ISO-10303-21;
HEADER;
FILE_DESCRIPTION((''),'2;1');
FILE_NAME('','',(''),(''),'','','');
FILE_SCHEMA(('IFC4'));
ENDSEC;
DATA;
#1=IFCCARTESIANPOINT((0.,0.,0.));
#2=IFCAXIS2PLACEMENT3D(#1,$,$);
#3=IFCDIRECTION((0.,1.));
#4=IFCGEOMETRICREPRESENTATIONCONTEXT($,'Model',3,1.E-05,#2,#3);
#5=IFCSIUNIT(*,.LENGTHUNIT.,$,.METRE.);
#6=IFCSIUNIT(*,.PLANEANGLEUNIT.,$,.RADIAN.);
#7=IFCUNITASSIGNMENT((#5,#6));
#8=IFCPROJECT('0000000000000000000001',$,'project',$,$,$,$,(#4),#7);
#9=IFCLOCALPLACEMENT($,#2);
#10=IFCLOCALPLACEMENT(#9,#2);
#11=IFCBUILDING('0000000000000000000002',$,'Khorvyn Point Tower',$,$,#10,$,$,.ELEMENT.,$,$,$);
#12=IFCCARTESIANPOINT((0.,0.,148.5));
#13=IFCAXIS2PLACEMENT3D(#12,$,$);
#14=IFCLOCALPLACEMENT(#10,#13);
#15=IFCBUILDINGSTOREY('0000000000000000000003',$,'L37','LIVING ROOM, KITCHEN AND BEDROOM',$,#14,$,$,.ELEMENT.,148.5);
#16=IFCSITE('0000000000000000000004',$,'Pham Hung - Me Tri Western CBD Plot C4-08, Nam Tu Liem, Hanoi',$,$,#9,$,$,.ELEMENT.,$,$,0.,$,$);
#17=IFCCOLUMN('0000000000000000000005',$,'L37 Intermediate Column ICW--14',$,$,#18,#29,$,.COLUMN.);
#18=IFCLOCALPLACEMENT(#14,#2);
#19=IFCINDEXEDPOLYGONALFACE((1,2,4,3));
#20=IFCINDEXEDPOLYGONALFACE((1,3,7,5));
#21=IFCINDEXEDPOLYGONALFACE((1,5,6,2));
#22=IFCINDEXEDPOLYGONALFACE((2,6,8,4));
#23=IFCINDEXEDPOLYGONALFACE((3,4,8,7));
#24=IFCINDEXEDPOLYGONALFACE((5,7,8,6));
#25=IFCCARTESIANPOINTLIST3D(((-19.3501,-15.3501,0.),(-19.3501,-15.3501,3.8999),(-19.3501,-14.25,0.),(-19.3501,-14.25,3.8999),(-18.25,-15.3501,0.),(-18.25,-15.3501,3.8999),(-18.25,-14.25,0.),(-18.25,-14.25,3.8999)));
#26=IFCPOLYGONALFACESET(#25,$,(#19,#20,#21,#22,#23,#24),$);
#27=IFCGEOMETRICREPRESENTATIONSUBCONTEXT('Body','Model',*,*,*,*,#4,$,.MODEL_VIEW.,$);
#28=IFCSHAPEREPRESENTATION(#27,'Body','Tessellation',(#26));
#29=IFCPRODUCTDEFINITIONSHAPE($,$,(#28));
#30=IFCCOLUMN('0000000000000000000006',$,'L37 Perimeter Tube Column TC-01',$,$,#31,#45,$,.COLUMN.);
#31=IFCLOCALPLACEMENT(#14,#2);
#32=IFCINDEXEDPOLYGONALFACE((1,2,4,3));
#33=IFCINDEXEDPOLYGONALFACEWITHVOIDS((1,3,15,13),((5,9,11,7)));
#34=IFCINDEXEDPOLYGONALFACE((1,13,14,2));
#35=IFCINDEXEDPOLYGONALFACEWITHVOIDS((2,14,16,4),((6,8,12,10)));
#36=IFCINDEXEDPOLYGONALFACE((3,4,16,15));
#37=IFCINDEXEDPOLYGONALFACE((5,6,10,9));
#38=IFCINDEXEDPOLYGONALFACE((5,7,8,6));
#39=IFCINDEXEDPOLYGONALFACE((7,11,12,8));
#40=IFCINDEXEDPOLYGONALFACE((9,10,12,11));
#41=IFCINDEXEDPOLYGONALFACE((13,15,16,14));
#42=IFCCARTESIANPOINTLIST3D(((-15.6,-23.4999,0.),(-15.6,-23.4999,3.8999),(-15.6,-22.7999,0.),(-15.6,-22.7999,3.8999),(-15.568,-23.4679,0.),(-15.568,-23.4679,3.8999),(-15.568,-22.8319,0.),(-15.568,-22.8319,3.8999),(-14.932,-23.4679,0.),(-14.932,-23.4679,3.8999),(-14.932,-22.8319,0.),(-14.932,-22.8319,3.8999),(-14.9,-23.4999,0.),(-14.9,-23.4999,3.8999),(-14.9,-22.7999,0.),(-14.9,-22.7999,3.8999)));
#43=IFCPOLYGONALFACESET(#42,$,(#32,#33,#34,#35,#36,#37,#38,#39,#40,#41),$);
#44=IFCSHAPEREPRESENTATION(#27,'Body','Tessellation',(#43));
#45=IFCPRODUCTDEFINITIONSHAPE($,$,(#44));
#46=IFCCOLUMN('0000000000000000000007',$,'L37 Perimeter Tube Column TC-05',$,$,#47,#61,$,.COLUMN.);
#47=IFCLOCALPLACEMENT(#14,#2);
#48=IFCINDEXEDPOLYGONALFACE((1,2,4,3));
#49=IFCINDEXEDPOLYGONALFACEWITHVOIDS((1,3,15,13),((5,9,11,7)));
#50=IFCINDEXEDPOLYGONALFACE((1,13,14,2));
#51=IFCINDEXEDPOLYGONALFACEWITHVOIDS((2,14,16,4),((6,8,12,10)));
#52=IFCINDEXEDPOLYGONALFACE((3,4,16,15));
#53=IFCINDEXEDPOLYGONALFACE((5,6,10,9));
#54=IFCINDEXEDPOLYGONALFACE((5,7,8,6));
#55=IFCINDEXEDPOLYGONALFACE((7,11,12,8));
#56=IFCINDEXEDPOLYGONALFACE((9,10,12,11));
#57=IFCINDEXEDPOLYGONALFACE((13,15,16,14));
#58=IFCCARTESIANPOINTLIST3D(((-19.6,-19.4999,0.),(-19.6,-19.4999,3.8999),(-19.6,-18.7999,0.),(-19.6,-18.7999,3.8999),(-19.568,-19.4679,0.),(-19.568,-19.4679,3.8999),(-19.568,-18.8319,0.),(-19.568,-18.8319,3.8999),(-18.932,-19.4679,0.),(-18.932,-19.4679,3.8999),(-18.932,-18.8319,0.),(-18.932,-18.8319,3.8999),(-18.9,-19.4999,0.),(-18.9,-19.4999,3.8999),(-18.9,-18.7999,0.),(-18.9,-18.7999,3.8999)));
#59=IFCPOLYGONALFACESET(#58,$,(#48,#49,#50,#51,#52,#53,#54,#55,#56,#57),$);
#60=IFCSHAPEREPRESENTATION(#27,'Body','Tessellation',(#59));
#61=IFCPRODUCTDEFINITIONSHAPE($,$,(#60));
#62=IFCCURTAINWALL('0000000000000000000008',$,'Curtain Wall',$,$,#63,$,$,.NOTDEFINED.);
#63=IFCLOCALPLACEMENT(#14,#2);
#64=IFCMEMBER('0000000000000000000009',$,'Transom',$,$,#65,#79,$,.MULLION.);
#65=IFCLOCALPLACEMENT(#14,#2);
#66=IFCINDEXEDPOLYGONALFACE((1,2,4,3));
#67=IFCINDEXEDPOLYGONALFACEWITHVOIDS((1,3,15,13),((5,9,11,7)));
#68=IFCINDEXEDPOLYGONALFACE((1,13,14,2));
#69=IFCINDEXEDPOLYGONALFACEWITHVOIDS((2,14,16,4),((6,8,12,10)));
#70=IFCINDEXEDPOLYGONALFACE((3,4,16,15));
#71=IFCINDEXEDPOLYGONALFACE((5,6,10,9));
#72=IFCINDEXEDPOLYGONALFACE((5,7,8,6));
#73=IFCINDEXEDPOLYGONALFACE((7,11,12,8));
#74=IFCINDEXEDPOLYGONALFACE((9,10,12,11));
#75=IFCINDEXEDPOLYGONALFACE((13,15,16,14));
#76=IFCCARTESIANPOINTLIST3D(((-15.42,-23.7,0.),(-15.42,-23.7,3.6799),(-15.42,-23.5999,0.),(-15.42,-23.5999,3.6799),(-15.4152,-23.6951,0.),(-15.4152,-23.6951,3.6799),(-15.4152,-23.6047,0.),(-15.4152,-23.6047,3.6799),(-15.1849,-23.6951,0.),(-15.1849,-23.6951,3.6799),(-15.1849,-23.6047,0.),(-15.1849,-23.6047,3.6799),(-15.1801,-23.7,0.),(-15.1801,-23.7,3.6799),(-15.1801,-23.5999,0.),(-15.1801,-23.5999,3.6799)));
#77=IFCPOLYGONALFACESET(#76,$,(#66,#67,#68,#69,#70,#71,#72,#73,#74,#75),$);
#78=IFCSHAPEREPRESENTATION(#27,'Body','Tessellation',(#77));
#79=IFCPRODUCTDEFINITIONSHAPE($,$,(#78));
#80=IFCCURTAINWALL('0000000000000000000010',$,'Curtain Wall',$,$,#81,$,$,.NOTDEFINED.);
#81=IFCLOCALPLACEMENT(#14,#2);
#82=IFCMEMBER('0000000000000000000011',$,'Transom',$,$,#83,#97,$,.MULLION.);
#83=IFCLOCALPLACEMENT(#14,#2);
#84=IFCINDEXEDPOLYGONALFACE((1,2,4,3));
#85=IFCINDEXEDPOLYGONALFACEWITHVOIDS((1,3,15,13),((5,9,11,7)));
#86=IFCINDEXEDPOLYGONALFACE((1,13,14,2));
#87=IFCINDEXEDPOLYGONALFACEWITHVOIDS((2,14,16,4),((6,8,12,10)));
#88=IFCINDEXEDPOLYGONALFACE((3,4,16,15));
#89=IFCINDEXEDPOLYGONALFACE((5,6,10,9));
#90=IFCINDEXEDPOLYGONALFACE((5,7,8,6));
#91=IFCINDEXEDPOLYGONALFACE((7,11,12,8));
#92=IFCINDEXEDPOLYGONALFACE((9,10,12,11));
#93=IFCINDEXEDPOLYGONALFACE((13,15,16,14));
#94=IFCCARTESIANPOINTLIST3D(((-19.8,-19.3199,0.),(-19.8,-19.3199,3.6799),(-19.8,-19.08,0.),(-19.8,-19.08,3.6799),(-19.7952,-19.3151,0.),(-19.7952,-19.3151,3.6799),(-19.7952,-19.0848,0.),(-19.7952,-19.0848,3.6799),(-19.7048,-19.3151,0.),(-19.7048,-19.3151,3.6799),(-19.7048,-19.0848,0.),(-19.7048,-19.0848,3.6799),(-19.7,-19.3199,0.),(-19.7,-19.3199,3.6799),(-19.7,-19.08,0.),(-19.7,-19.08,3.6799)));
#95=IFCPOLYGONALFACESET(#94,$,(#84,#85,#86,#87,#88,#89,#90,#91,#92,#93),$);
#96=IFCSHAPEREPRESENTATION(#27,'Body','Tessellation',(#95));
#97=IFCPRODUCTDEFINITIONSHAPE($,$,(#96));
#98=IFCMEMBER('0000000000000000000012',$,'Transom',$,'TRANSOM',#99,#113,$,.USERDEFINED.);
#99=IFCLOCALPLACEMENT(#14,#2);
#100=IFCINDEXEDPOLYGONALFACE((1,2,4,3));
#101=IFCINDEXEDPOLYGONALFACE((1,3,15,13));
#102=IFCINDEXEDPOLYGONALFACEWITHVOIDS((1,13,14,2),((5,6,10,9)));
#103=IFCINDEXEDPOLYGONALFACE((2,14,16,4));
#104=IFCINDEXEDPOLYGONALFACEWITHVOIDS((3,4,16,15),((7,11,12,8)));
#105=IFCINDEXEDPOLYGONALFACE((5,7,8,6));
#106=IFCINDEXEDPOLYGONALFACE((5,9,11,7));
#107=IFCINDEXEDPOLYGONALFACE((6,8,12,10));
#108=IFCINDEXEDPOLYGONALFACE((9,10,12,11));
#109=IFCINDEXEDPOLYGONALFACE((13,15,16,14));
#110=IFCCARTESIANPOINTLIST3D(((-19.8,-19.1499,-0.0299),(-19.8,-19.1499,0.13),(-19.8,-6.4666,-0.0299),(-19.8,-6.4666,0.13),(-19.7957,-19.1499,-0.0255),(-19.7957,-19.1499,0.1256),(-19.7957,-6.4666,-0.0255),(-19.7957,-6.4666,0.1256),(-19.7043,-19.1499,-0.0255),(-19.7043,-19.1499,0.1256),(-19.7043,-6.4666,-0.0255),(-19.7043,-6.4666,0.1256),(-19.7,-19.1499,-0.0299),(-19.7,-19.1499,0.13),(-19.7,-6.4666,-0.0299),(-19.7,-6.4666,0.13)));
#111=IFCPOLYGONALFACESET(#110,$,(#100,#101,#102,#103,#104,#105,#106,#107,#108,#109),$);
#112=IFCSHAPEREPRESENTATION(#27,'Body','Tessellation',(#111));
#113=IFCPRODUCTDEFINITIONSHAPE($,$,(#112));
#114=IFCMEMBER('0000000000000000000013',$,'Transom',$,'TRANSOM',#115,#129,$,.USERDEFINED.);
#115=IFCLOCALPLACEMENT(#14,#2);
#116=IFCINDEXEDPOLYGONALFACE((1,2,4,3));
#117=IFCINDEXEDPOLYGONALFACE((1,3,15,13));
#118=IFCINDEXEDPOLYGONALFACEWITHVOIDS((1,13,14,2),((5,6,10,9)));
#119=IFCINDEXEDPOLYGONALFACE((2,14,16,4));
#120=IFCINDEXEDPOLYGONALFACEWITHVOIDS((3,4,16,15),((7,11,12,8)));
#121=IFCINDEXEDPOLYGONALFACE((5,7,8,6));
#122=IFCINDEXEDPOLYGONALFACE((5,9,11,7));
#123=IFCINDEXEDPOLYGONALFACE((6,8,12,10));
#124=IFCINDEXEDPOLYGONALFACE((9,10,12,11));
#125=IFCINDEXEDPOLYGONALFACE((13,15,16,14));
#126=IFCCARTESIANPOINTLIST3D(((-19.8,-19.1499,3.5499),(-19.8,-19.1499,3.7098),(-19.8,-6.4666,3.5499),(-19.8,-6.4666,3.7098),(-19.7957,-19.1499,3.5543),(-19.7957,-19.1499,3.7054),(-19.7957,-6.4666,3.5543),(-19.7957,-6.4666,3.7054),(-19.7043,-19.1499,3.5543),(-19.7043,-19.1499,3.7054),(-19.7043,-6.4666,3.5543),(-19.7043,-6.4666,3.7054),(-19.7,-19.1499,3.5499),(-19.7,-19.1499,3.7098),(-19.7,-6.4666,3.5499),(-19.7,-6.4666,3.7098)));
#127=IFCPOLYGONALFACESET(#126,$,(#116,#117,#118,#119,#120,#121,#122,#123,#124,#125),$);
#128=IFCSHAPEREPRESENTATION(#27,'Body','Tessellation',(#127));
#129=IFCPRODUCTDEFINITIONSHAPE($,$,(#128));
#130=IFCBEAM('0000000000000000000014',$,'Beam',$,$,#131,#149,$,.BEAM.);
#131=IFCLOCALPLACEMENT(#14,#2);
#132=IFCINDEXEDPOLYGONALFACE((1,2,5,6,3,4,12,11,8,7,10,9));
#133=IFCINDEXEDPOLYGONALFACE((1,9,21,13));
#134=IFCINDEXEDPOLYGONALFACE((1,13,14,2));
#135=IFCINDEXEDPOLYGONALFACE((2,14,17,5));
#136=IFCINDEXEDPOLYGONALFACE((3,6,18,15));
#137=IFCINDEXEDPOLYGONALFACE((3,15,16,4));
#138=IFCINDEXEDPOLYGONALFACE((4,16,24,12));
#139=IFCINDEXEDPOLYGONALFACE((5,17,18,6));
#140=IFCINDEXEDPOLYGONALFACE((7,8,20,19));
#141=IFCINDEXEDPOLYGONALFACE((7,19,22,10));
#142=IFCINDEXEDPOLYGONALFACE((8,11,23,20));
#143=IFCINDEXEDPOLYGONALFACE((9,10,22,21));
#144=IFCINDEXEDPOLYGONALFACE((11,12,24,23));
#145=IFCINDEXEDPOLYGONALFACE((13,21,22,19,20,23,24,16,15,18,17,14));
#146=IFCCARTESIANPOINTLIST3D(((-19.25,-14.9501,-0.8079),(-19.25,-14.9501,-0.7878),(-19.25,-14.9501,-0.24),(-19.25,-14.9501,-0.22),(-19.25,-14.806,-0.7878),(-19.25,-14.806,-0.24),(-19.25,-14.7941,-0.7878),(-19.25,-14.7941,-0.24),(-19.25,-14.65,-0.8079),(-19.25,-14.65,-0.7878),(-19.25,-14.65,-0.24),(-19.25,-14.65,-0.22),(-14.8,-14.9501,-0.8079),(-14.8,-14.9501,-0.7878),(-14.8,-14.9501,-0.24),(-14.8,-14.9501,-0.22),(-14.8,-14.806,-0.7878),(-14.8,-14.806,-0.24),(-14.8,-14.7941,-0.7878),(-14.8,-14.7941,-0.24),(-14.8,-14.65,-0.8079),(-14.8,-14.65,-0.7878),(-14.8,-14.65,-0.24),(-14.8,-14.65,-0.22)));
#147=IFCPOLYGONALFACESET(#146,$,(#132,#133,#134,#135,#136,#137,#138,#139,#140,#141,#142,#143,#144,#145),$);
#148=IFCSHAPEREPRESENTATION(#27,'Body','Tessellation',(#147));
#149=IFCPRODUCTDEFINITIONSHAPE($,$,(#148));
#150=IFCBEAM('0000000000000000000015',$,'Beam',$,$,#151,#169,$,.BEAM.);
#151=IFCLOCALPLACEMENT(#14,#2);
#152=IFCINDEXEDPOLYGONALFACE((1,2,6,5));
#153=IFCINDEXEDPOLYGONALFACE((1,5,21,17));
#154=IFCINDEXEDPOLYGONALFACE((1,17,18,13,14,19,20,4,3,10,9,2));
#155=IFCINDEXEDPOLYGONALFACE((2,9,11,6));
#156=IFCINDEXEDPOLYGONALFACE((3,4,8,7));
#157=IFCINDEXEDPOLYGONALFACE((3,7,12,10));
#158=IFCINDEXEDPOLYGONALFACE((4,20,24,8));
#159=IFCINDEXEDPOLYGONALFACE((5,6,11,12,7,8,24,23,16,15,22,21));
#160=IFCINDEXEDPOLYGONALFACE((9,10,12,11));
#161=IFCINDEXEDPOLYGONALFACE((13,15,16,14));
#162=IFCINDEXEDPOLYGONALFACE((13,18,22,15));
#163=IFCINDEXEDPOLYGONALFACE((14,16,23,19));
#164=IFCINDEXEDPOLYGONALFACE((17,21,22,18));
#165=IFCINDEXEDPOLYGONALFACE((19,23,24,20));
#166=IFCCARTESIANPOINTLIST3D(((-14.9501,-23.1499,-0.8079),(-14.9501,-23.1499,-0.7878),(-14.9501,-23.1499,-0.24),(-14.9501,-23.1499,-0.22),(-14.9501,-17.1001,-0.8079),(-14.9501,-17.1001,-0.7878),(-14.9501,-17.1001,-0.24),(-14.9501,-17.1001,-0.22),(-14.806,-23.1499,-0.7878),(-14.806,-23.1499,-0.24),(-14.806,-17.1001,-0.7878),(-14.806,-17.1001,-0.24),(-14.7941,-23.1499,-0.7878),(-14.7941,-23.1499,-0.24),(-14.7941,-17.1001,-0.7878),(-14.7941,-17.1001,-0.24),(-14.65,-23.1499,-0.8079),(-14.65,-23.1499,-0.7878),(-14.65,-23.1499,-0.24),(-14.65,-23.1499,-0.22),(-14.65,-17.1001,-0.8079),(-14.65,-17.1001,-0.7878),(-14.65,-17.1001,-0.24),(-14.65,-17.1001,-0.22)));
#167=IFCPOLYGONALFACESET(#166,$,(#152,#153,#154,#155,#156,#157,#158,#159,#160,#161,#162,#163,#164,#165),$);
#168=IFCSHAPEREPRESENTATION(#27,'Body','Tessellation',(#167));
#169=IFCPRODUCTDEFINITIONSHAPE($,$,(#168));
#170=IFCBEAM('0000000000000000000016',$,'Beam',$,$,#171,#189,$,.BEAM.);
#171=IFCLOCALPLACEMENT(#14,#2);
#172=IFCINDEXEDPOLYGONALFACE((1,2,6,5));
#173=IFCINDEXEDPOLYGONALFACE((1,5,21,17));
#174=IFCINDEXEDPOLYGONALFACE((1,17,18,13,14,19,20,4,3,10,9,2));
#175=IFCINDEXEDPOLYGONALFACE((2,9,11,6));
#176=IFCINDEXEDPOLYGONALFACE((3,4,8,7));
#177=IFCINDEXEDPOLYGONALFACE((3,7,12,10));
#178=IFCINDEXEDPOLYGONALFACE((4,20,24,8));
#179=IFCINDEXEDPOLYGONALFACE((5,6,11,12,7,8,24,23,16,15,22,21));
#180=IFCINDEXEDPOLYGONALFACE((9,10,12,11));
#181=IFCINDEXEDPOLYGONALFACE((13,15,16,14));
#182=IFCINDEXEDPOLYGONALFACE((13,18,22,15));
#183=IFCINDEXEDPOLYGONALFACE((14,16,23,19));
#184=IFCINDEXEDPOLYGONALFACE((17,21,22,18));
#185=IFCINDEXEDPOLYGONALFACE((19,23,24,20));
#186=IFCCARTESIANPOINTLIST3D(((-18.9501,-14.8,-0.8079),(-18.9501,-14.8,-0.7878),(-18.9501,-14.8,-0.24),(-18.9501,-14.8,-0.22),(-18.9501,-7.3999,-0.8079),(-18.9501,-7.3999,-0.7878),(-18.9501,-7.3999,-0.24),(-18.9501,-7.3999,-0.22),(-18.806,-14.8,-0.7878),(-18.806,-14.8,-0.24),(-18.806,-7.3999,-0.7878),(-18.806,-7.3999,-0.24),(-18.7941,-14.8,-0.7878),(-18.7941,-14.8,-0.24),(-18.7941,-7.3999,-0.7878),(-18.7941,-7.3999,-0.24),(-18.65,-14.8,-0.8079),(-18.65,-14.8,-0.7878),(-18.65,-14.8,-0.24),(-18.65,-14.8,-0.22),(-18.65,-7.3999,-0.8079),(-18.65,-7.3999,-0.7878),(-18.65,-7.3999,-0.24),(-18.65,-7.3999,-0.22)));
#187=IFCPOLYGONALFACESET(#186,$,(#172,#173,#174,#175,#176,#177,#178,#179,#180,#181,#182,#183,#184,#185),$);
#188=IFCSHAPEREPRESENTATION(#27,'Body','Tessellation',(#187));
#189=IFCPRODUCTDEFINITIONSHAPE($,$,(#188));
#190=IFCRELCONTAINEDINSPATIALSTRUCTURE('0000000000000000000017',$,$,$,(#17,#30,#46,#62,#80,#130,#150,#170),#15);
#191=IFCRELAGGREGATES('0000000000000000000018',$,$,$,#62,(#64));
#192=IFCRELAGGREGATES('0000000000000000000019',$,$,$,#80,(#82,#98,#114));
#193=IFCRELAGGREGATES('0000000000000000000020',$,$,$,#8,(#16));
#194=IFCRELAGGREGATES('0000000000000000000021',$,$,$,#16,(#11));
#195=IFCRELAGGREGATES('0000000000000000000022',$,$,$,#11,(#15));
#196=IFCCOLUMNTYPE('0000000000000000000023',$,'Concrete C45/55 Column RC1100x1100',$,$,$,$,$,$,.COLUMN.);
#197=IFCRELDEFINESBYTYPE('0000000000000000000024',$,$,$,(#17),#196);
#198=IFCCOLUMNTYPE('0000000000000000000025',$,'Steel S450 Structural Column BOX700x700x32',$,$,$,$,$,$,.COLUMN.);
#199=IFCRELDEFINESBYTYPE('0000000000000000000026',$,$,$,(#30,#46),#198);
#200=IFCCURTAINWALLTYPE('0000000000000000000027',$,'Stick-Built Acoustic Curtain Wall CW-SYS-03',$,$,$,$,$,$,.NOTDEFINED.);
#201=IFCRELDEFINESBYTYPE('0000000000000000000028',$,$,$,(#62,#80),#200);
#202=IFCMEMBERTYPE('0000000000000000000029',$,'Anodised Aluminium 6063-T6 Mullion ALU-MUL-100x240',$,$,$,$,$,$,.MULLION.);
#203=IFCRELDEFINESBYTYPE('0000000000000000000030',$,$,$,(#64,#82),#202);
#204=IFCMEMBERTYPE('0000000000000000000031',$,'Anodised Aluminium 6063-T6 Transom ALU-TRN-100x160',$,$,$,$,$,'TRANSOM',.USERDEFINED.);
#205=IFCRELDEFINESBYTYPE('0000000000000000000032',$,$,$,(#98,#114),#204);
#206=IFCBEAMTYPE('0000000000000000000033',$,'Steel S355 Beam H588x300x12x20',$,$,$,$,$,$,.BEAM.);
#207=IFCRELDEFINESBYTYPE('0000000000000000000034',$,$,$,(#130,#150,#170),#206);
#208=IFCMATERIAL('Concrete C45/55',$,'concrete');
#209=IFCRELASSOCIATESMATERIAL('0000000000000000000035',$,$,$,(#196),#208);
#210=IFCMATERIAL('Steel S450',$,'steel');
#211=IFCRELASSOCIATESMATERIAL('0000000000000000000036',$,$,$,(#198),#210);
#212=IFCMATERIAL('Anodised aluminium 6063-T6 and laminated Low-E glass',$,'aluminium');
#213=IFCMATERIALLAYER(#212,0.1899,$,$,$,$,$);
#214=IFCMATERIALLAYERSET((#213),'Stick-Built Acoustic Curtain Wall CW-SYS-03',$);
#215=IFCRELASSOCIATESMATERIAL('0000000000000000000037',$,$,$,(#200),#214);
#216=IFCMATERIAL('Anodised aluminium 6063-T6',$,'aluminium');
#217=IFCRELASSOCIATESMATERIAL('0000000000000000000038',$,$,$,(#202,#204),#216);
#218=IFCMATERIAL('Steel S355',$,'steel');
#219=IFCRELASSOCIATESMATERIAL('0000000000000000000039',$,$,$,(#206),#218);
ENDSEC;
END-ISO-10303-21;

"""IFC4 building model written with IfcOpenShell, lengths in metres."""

from ifc_helpers import new_model, si_unit, direction, frame, origin, origin_2d, place, context, subcontext, project, spatial, rectangle, hollow_rectangle, i_section, extrude, material, layer, layer_set, material_profile, profile_set, type_object, element, aggregate, save


model = new_model("IFC4")

# Units and contexts
model_context = context("Model", 3, precision=1e-05, world=origin(), true_north=direction((0.0, 1.0)))
body_context = subcontext(model_context, "Body", "Model", "MODEL_VIEW")
ifc_project = project(units=[si_unit("LENGTHUNIT", "METRE"), si_unit("PLANEANGLEUNIT", "RADIAN")], contexts=[model_context])

# Site, building, storey
site_placement = place(None, origin())
site = spatial("IfcSite", under=ifc_project, at=site_placement, Name="Pham Hung - Me Tri Western CBD Plot C4-08, Nam Tu Liem, Hanoi", CompositionType="ELEMENT", RefElevation=0.0)
building_placement = place(site_placement, origin())
building = spatial("IfcBuilding", under=site, at=building_placement, Name="Khorvyn Point Tower", CompositionType="ELEMENT")
storey_placement = place(building_placement, frame((0.0, 0.0, 148.5)))
storey = spatial("IfcBuildingStorey", under=building, at=storey_placement, Name="L37", Description="LIVING ROOM, KITCHEN AND BEDROOM", CompositionType="ELEMENT", Elevation=148.5)

# Columns
ifc_material_1 = material(Name="Concrete C45/55", Category="concrete")
ifc_material_profile_1 = material_profile(ifc_material_1, rectangle(XDim=1.1001, YDim=1.1001, at=origin_2d()))
ifc_profile_set_1 = profile_set([ifc_material_profile_1], Name="Concrete C45/55 RC1100x1100")
column_type_1 = type_object("IfcColumnType", Name="Concrete C45/55 Column RC1100x1100", PredefinedType="COLUMN", material=ifc_profile_set_1)
column_placement = place(storey_placement, frame((-18.8, -14.8, 0.0), z_axis=(0.0, 0.0, 1.0), x_axis=(1.0, 0.0, 0.0)))
element("IfcColumn", 1, at=column_placement, inside=storey, type_object=column_type_1, Name="L37 Intermediate Column ICW--14", PredefinedType="COLUMN", context=body_context, shape_type="SweptSolid", body=[
    extrude(rectangle(XDim=1.1001, YDim=1.1001, at=origin_2d()), origin(), (0.0, 0.0, 1.0), 3.8999),
])
ifc_material_2 = material(Name="Steel S450", Category="steel")
ifc_material_profile_2 = material_profile(ifc_material_2, hollow_rectangle(XDim=0.7, YDim=0.7, WallThickness=0.032, at=origin_2d()))
ifc_profile_set_2 = profile_set([ifc_material_profile_2], Name="Steel S450 BOX700x700x32")
column_type_2 = type_object("IfcColumnType", Name="Steel S450 Structural Column BOX700x700x32", PredefinedType="COLUMN", material=ifc_profile_set_2)
for number, where, z_axis, x_axis, name in (
    (2, (-15.25, -23.1499, 0.0), (0.0, 0.0, 1.0), (1.0, 0.0, 0.0), "L37 Perimeter Tube Column TC-01"),
    (3, (-19.25, -19.1499, 0.0), (0.0, 0.0, 1.0), (1.0, 0.0, 0.0), "L37 Perimeter Tube Column TC-05"),
):
    element("IfcColumn", number, at=place(storey_placement, frame(where, z_axis=z_axis, x_axis=x_axis)), inside=storey, type_object=column_type_2, Name=name, PredefinedType="COLUMN", context=body_context, shape_type="SweptSolid", body=[
        extrude(hollow_rectangle(XDim=0.7, YDim=0.7, WallThickness=0.032, at=origin_2d()), origin(), (0.0, 0.0, 1.0), 3.8999),
    ])

# Curtain wall, member
ifc_material_3 = material(Name="Anodised aluminium 6063-T6 and laminated Low-E glass", Category="aluminium")
ifc_layer_1 = layer(ifc_material_3, 0.1899)
ifc_layer_set_1 = layer_set([ifc_layer_1], Name="Stick-Built Acoustic Curtain Wall CW-SYS-03")
curtain_wall_type = type_object("IfcCurtainWallType", Name="Stick-Built Acoustic Curtain Wall CW-SYS-03", PredefinedType="NOTDEFINED", material=ifc_layer_set_1)
curtain_wall_1_placement = place(storey_placement, origin())
curtain_wall_1 = element("IfcCurtainWall", 4, at=curtain_wall_1_placement, inside=storey, type_object=curtain_wall_type, Name="Curtain Wall", PredefinedType="NOTDEFINED")
ifc_material_4 = material(Name="Anodised aluminium 6063-T6", Category="aluminium")
ifc_material_profile_3 = material_profile(ifc_material_4, hollow_rectangle(XDim=0.1001, YDim=0.24, WallThickness=0.0049, at=origin_2d()))
ifc_profile_set_3 = profile_set([ifc_material_profile_3], Name="Anodised aluminium 6063-T6 ALU-MUL-100x240")
member_type_1 = type_object("IfcMemberType", Name="Anodised Aluminium 6063-T6 Mullion ALU-MUL-100x240", PredefinedType="MULLION", material=ifc_profile_set_3)
member_1_placement = place(storey_placement, frame((-15.3, -23.6499, 0.0), z_axis=(0.0, 0.0, 1.0), x_axis=(0.0, -1.0, 0.0)))
member_1 = element("IfcMember", 5, at=member_1_placement, type_object=member_type_1, Name="Transom", PredefinedType="MULLION", context=body_context, shape_type="SweptSolid", body=[
    extrude(hollow_rectangle(XDim=0.1001, YDim=0.24, WallThickness=0.0049, at=origin_2d()), origin(), (0.0, 0.0, 1.0), 3.6799),
])
aggregate(curtain_wall_1, [member_1])

# Curtain wall, members
curtain_wall_2_placement = place(storey_placement, origin())
curtain_wall_2 = element("IfcCurtainWall", 6, at=curtain_wall_2_placement, inside=storey, type_object=curtain_wall_type, Name="Curtain Wall", PredefinedType="NOTDEFINED")
member_2_placement = place(storey_placement, frame((-19.75, -19.2, 0.0), z_axis=(0.0, 0.0, 1.0), x_axis=(-1.0, 0.0, 0.0)))
member_2 = element("IfcMember", 7, at=member_2_placement, type_object=member_type_1, Name="Transom", PredefinedType="MULLION", context=body_context, shape_type="SweptSolid", body=[
    extrude(hollow_rectangle(XDim=0.1001, YDim=0.24, WallThickness=0.0049, at=origin_2d()), origin(), (0.0, 0.0, 1.0), 3.6799),
])
ifc_material_profile_4 = material_profile(ifc_material_4, hollow_rectangle(XDim=0.1001, YDim=0.1599, WallThickness=0.0044, at=origin_2d()))
ifc_profile_set_4 = profile_set([ifc_material_profile_4], Name="Anodised aluminium 6063-T6 ALU-TRN-100x160")
member_type_2 = type_object("IfcMemberType", Name="Anodised Aluminium 6063-T6 Transom ALU-TRN-100x160", ElementType="TRANSOM", PredefinedType="USERDEFINED", material=ifc_profile_set_4)
member_3_placement = place(storey_placement, frame((-19.75, -19.1499, 0.05), z_axis=(0.0, 1.0, 0.0), x_axis=(-1.0, 0.0, 0.0)))
member_3 = element("IfcMember", 8, at=member_3_placement, type_object=member_type_2, Name="Transom", ObjectType="TRANSOM", PredefinedType="USERDEFINED", context=body_context, shape_type="SweptSolid", body=[
    extrude(hollow_rectangle(XDim=0.1001, YDim=0.1599, WallThickness=0.0044, at=origin_2d()), origin(), (0.0, 0.0, 1.0), 12.6833),
])
member_4_placement = place(storey_placement, frame((-19.75, -19.1499, 3.6299), z_axis=(0.0, 1.0, 0.0), x_axis=(-1.0, 0.0, 0.0)))
member_4 = element("IfcMember", 9, at=member_4_placement, type_object=member_type_2, Name="Transom", ObjectType="TRANSOM", PredefinedType="USERDEFINED", context=body_context, shape_type="SweptSolid", body=[
    extrude(hollow_rectangle(XDim=0.1001, YDim=0.1599, WallThickness=0.0044, at=origin_2d()), origin(), (0.0, 0.0, 1.0), 12.6833),
])

# Beams
ifc_material_5 = material(Name="Steel S355", Category="steel")
ifc_material_profile_5 = material_profile(ifc_material_5, i_section(OverallWidth=0.3, OverallDepth=0.5879, WebThickness=0.012, FlangeThickness=0.02, at=origin_2d()))
ifc_profile_set_5 = profile_set([ifc_material_profile_5], Name="Steel S355 H588x300x12x20")
beam_type_1 = type_object("IfcBeamType", Name="Steel S355 Beam H588x300x12x20", PredefinedType="BEAM", material=ifc_profile_set_5)
beam_1_placement = place(storey_placement, frame((-19.25, -14.8, -0.5139), z_axis=(1.0, 0.0, 0.0), x_axis=(0.0, 1.0, 0.0)))
element("IfcBeam", 10, at=beam_1_placement, inside=storey, type_object=beam_type_1, Name="Beam", PredefinedType="BEAM", context=body_context, shape_type="SweptSolid", body=[
    extrude(i_section(OverallWidth=0.3, OverallDepth=0.5879, WebThickness=0.012, FlangeThickness=0.02, at=origin_2d()), origin(), (0.0, 0.0, 1.0), 4.45),
])
beam_2_placement = place(storey_placement, frame((-14.8, -23.1499, -0.5139), z_axis=(0.0, 1.0, 0.0), x_axis=(-1.0, 0.0, 0.0)))
element("IfcBeam", 11, at=beam_2_placement, inside=storey, type_object=beam_type_1, Name="Beam", PredefinedType="BEAM", context=body_context, shape_type="SweptSolid", body=[
    extrude(i_section(OverallWidth=0.3, OverallDepth=0.5879, WebThickness=0.012, FlangeThickness=0.02, at=origin_2d()), origin(), (0.0, 0.0, 1.0), 6.0498),
])
beam_3_placement = place(storey_placement, frame((-18.8, -14.8, -0.5139), z_axis=(0.0, 1.0, 0.0), x_axis=(-1.0, 0.0, 0.0)))
element("IfcBeam", 12, at=beam_3_placement, inside=storey, type_object=beam_type_1, Name="Beam", PredefinedType="BEAM", context=body_context, shape_type="SweptSolid", body=[
    extrude(i_section(OverallWidth=0.3, OverallDepth=0.5879, WebThickness=0.012, FlangeThickness=0.02, at=origin_2d()), origin(), (0.0, 0.0, 1.0), 7.4001),
])

aggregate(curtain_wall_2, [member_2, member_3, member_4])

save(model, "model.ifc")
